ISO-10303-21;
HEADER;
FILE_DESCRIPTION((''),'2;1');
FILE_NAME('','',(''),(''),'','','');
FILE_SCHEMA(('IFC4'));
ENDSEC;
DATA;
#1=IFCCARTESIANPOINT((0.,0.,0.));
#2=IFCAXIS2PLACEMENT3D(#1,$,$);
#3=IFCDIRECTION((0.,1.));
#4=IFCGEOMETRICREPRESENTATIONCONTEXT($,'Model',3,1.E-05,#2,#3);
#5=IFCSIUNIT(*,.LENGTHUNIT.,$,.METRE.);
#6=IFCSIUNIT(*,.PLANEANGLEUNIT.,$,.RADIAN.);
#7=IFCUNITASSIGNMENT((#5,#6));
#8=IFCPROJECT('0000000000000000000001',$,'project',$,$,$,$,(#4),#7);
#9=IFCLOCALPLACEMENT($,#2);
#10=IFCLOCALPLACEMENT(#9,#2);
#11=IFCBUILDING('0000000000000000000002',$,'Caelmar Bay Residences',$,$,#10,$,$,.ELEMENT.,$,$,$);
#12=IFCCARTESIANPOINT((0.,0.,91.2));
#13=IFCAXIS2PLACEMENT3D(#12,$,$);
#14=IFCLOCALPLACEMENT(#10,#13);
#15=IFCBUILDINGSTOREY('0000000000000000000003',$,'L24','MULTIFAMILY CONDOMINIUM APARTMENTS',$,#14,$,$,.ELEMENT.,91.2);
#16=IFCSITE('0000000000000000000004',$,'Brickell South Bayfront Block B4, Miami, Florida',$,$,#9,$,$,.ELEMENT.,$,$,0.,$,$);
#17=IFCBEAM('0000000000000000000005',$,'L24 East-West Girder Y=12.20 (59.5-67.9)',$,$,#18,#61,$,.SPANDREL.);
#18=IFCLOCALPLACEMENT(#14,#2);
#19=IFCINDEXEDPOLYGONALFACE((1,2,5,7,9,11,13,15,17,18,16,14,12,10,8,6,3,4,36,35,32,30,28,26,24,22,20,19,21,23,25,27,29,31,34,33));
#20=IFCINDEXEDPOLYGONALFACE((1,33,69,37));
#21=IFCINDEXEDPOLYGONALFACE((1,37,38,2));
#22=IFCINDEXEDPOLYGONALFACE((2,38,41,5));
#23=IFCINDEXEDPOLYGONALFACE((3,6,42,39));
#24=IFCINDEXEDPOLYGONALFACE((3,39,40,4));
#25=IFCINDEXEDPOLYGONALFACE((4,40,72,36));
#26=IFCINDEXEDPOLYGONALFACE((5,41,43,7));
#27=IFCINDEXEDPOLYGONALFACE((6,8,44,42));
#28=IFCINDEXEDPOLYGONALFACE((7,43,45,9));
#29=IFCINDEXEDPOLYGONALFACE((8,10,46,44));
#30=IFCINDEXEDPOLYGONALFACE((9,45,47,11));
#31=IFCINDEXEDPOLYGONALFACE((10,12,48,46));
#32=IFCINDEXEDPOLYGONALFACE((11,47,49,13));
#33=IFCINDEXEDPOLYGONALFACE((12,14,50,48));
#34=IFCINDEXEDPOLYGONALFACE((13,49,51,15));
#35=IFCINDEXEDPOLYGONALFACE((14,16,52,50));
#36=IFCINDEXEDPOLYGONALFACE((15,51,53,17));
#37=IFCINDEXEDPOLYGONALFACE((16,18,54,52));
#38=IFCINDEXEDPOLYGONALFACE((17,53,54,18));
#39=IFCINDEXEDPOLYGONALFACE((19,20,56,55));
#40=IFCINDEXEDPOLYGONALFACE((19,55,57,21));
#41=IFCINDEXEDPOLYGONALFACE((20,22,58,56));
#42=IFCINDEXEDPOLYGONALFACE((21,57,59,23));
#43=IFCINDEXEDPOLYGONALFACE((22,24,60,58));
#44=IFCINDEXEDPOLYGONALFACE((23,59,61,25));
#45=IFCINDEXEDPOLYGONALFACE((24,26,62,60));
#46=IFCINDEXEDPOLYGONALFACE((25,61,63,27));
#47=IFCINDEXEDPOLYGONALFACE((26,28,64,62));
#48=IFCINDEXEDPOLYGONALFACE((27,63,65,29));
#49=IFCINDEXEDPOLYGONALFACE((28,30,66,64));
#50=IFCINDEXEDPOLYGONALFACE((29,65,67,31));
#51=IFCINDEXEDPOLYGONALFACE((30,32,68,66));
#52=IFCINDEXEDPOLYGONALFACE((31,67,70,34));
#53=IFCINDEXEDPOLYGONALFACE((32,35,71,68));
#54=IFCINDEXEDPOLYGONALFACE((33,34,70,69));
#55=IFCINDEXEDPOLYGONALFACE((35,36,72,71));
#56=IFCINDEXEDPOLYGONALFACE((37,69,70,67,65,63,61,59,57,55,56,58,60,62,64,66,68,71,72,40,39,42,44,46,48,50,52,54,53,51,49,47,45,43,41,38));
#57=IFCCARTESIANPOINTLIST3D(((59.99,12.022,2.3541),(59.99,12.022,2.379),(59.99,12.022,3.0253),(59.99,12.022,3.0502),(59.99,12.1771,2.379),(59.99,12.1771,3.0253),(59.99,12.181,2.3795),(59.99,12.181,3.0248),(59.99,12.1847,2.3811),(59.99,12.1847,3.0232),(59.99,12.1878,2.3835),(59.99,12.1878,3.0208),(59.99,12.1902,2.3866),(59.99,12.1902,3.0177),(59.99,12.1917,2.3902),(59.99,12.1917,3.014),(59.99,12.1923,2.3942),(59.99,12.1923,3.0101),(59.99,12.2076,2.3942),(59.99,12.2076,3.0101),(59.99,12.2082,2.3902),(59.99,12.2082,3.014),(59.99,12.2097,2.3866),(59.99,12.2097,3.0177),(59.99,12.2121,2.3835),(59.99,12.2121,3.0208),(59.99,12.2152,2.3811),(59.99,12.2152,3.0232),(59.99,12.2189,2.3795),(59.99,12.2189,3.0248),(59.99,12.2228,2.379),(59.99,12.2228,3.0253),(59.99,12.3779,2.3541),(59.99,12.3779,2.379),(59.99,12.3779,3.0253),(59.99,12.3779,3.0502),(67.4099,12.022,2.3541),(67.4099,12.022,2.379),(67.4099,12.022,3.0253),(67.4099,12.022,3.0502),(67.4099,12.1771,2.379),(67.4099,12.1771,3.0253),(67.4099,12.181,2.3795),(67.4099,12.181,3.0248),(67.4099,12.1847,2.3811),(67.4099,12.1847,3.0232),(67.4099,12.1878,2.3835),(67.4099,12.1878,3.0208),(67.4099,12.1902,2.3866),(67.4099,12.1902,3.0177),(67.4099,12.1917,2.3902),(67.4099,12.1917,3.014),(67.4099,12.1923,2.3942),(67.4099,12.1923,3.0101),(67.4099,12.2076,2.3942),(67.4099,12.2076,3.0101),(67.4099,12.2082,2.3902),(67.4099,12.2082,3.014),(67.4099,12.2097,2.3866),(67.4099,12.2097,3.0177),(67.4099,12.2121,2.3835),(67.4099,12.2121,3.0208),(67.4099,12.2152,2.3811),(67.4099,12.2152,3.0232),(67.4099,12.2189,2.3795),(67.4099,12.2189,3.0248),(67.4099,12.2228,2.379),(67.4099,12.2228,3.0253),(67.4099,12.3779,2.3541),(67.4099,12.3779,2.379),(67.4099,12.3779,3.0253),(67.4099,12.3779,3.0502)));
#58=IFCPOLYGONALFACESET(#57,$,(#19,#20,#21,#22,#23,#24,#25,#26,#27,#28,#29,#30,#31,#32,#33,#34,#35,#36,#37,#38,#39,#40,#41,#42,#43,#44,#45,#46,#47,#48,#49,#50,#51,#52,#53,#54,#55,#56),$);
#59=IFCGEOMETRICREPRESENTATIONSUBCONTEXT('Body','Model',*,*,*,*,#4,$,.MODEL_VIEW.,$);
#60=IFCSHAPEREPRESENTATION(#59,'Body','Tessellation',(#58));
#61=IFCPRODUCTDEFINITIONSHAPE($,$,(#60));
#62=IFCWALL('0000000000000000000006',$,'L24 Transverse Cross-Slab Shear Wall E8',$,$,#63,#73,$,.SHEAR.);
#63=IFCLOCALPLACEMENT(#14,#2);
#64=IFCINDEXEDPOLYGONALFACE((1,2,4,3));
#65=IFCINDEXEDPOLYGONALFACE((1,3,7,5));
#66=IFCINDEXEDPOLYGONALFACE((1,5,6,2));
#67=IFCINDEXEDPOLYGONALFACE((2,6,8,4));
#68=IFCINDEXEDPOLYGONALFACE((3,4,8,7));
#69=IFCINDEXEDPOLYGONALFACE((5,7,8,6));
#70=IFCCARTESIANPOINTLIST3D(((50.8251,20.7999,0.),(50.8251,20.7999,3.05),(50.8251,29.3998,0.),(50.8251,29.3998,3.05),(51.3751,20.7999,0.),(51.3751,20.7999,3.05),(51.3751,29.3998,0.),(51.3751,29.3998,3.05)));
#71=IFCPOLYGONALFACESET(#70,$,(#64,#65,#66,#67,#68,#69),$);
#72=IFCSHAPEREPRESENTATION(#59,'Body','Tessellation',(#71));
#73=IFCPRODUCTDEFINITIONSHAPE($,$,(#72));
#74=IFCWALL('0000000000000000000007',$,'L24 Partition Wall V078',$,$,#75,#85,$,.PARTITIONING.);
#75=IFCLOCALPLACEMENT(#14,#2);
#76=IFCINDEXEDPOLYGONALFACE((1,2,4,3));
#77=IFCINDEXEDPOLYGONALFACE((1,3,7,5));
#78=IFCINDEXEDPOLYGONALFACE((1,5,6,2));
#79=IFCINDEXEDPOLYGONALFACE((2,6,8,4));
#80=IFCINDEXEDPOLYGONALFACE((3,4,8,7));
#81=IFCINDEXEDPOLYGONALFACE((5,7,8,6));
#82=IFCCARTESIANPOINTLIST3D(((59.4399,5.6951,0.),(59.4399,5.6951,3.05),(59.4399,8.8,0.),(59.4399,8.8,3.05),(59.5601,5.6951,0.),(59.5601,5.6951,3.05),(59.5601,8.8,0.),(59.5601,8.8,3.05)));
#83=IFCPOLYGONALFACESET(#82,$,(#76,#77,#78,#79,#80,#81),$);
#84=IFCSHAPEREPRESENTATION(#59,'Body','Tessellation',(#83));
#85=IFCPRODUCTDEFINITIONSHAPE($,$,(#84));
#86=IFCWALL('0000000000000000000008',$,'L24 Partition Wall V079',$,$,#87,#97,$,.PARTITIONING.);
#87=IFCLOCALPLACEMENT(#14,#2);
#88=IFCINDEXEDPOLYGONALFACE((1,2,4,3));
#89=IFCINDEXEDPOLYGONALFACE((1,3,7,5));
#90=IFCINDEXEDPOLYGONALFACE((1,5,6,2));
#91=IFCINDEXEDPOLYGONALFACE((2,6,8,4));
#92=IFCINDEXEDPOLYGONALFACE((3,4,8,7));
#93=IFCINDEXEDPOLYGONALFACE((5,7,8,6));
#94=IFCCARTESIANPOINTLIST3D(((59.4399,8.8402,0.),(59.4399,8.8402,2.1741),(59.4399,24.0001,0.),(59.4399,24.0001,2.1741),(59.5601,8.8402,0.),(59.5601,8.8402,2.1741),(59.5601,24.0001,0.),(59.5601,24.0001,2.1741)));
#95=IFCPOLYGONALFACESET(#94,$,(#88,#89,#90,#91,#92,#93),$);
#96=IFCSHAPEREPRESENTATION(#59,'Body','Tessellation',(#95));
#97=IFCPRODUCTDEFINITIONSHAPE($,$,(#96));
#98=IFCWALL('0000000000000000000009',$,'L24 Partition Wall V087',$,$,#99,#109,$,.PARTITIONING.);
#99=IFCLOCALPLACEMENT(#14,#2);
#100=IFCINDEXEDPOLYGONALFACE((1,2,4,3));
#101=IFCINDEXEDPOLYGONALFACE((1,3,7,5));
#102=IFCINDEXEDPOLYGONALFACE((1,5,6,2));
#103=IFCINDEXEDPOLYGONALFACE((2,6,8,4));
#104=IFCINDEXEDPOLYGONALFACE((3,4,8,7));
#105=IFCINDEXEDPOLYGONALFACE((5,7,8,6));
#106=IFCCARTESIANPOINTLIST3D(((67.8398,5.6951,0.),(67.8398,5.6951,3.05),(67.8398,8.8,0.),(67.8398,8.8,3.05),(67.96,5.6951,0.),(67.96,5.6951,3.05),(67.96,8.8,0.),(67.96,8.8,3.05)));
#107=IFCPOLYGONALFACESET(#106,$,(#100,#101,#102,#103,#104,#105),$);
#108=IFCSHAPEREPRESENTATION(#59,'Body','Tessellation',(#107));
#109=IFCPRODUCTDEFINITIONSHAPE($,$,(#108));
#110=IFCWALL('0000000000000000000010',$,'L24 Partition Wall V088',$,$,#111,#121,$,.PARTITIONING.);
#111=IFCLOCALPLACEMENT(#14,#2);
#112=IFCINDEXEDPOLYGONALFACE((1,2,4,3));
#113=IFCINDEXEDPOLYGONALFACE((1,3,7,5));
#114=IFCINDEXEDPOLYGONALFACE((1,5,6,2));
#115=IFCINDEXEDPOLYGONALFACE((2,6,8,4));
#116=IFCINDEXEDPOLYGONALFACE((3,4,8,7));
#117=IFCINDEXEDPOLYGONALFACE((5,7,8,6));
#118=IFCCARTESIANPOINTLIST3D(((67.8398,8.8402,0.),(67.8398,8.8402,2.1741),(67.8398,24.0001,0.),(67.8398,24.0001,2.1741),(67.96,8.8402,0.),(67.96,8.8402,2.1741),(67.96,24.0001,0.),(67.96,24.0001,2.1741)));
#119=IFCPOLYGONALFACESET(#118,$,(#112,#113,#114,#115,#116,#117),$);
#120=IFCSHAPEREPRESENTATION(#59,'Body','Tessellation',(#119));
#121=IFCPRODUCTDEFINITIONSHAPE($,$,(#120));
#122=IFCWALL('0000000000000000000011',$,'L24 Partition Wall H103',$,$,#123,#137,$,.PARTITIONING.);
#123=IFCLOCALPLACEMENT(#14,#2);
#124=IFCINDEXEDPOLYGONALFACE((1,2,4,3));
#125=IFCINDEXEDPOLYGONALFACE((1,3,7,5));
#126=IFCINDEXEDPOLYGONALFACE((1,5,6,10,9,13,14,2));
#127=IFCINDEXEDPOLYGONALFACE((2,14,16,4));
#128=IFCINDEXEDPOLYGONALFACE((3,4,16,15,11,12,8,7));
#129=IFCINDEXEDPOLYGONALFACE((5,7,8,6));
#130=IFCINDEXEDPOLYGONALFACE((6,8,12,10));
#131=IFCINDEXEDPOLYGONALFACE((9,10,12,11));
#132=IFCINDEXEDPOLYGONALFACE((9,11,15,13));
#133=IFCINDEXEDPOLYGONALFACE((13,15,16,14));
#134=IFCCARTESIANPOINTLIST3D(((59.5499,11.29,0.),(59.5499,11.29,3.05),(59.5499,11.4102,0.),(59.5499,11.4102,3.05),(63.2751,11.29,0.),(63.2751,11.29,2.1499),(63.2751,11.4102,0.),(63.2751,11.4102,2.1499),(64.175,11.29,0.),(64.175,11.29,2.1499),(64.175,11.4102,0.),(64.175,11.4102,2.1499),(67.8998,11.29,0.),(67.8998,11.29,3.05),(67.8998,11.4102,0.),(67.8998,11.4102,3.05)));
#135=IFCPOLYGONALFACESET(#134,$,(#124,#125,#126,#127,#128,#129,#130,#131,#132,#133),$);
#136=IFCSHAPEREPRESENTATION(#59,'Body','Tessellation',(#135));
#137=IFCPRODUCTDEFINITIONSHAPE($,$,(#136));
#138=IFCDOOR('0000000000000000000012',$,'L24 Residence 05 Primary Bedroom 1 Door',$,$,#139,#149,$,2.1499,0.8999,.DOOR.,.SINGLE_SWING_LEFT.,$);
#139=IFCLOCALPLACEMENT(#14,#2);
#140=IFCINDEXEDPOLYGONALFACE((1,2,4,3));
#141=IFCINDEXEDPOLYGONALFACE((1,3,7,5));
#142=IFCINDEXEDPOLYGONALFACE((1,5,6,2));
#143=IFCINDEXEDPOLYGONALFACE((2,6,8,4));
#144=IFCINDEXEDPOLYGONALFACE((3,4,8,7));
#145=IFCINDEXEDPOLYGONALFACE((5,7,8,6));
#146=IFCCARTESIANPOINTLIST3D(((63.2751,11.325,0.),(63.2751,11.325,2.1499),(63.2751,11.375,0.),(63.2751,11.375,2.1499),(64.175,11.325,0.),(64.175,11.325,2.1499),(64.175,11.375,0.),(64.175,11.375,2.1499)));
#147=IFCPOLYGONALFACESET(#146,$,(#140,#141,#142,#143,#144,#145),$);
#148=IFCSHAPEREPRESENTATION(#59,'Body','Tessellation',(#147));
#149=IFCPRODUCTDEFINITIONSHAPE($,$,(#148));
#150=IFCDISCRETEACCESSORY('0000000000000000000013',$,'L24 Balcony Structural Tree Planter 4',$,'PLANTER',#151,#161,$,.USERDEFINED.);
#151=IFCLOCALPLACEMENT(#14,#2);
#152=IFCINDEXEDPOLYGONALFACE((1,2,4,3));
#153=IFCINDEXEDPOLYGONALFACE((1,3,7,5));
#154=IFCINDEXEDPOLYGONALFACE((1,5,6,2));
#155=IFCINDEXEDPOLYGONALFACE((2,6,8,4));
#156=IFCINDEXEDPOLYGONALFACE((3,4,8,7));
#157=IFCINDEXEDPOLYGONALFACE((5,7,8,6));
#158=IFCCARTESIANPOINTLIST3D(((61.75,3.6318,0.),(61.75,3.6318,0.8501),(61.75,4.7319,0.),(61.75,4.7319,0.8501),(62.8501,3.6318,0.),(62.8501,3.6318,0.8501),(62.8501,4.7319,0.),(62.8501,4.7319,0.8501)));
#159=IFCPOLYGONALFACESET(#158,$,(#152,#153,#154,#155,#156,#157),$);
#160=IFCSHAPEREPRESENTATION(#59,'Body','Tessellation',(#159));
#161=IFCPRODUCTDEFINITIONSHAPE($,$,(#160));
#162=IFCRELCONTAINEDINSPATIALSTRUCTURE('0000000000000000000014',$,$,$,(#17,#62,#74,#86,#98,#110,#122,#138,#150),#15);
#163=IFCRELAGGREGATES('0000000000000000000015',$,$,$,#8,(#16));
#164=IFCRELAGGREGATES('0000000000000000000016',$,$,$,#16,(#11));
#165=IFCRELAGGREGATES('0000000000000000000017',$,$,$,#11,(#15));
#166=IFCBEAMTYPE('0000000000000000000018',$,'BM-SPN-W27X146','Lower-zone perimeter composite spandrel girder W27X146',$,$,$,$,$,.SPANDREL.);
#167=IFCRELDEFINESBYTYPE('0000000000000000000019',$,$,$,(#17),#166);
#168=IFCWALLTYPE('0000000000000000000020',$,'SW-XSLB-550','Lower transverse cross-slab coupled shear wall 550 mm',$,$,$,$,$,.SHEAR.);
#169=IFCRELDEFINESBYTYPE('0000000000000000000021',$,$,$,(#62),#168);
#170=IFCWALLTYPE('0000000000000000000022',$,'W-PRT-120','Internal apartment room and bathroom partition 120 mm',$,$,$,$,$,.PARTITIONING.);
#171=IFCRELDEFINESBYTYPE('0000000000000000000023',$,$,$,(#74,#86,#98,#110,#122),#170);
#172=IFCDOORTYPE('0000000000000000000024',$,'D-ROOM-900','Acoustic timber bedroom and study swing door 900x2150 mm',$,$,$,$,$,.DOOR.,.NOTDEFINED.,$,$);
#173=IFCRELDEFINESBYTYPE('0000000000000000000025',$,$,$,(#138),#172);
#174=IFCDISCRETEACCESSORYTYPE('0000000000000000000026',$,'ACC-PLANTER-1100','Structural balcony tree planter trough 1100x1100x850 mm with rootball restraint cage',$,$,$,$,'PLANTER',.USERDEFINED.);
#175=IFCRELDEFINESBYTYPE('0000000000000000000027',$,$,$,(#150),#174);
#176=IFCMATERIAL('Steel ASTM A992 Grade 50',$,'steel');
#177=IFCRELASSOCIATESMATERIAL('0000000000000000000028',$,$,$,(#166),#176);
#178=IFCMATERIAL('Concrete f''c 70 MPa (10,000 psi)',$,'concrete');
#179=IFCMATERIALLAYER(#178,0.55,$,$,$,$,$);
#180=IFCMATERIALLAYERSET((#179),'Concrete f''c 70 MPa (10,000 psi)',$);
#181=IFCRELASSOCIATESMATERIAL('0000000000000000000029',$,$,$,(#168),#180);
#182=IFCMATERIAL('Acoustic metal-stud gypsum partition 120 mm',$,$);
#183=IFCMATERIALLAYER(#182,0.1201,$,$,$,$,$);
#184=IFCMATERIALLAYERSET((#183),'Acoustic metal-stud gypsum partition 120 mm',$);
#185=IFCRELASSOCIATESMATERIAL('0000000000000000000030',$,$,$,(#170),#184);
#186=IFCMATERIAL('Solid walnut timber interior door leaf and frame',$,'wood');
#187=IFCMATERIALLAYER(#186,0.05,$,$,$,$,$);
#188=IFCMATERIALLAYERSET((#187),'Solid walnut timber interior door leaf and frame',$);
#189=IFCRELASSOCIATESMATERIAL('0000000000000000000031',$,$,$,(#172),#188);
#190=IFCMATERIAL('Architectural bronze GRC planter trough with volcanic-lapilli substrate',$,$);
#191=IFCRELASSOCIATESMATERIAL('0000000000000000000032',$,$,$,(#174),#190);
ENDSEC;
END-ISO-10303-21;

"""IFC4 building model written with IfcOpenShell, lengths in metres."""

from ifc_helpers import new_model, si_unit, direction, frame, frame_2d, origin, origin_2d, place, context, subcontext, project, spatial, rectangle, i_section, extrude, material, layer, layer_set, material_profile, profile_set, type_object, element, fill, save


model = new_model("IFC4")

# Units and contexts
model_context = context("Model", 3, precision=1e-05, world=origin(), true_north=direction((0.0, 1.0)))
body_context = subcontext(model_context, "Body", "Model", "MODEL_VIEW")
ifc_project = project(units=[si_unit("LENGTHUNIT", "METRE"), si_unit("PLANEANGLEUNIT", "RADIAN")], contexts=[model_context])

# Site, building, storey
site_placement = place(None, origin())
site = spatial("IfcSite", under=ifc_project, at=site_placement, Name="Brickell South Bayfront Block B4, Miami, Florida", CompositionType="ELEMENT", RefElevation=0.0)
building_placement = place(site_placement, origin())
building = spatial("IfcBuilding", under=site, at=building_placement, Name="Caelmar Bay Residences", CompositionType="ELEMENT")
storey_placement = place(building_placement, frame((0.0, 0.0, 91.2)))
storey = spatial("IfcBuildingStorey", under=building, at=storey_placement, Name="L24", Description="MULTIFAMILY CONDOMINIUM APARTMENTS", CompositionType="ELEMENT", Elevation=91.2)

# Shared definitions
ifc_material_1 = material(Name="Concrete f'c 70 MPa (10,000 psi)", Category="concrete")

# Beam
ifc_material_2 = material(Name="Steel ASTM A992 Grade 50", Category="steel")
ifc_material_profile_1 = material_profile(ifc_material_2, i_section(OverallWidth=0.356, OverallDepth=0.696, WebThickness=0.0154, FlangeThickness=0.0249, FilletRadius=0.0151, at=origin_2d()), Name="W27X146")
ifc_profile_set_1 = profile_set([ifc_material_profile_1], Name="Steel ASTM A992 Grade 50")
beam_type_1 = type_object("IfcBeamType", Name="BM-SPN-W27X146", Description="Lower-zone perimeter composite spandrel girder W27X146", PredefinedType="SPANDREL", material=ifc_profile_set_1)
for number, where, z_axis, x_axis, name in (
    (1, (59.99, 12.2, 2.7021), (1.0, 0.0, 0.0), (0.0, 1.0, 0.0), "L24 East-West Girder Y=12.20 (59.5-67.9)"),
):
    element("IfcBeam", number, at=place(storey_placement, frame(where, z_axis=z_axis, x_axis=x_axis)), inside=storey, type_object=beam_type_1, Name=name, PredefinedType="SPANDREL", context=body_context, shape_type="SweptSolid", body=[
        extrude(i_section(OverallWidth=0.356, OverallDepth=0.696, WebThickness=0.0154, FlangeThickness=0.0249, FilletRadius=0.0151, at=origin_2d()), origin(), (0.0, 0.0, 1.0), 7.4199),
    ])

# Walls
ifc_layer_1 = layer(ifc_material_1, 0.55)
ifc_layer_set_1 = layer_set([ifc_layer_1], Name="Concrete f'c 70 MPa (10,000 psi)")
wall_type_1 = type_object("IfcWallType", Name="SW-XSLB-550", Description="Lower transverse cross-slab coupled shear wall 550 mm", PredefinedType="SHEAR", material=ifc_layer_set_1)
wall_1_placement = place(storey_placement, frame((51.1001, 20.8, 0.0), z_axis=(0.0, 0.0, 1.0), x_axis=(0.0, 1.0, 0.0)))
element("IfcWall", 2, at=wall_1_placement, inside=storey, type_object=wall_type_1, Name="L24 Transverse Cross-Slab Shear Wall E8", PredefinedType="SHEAR", context=body_context, shape_type="SweptSolid", body=[
    extrude(rectangle(XDim=8.5999, YDim=0.55, at=frame_2d((4.2998, 0.0))), origin(), (0.0, 0.0, 1.0), 3.05),
])
ifc_material_3 = material(Name="Acoustic metal-stud gypsum partition 120 mm")
ifc_layer_2 = layer(ifc_material_3, 0.1201)
ifc_layer_set_2 = layer_set([ifc_layer_2], Name="Acoustic metal-stud gypsum partition 120 mm")
wall_type_2 = type_object("IfcWallType", Name="W-PRT-120", Description="Internal apartment room and bathroom partition 120 mm", PredefinedType="PARTITIONING", material=ifc_layer_set_2)
wall_2_placement = place(storey_placement, frame((59.5, 5.6951, 0.0), z_axis=(0.0, 0.0, 1.0), x_axis=(0.0, 1.0, 0.0)))
element("IfcWall", 3, at=wall_2_placement, inside=storey, type_object=wall_type_2, Name="L24 Partition Wall V078", PredefinedType="PARTITIONING", context=body_context, shape_type="SweptSolid", body=[
    extrude(rectangle(XDim=3.105, YDim=0.1201, at=frame_2d((1.5525, 0.0))), origin(), (0.0, 0.0, 1.0), 3.05),
])
wall_3_placement = place(storey_placement, frame((59.5, 8.8401, 0.0), z_axis=(0.0, 0.0, 1.0), x_axis=(0.0, 1.0, 0.0)))
element("IfcWall", 4, at=wall_3_placement, inside=storey, type_object=wall_type_2, Name="L24 Partition Wall V079", PredefinedType="PARTITIONING", context=body_context, shape_type="SweptSolid", body=[
    extrude(rectangle(XDim=15.1599, YDim=0.1201, at=frame_2d((7.5801, 0.0))), origin(), (0.0, 0.0, 1.0), 2.1741),
])
wall_4_placement = place(storey_placement, frame((67.8999, 5.6951, 0.0), z_axis=(0.0, 0.0, 1.0), x_axis=(0.0, 1.0, 0.0)))
element("IfcWall", 5, at=wall_4_placement, inside=storey, type_object=wall_type_2, Name="L24 Partition Wall V087", PredefinedType="PARTITIONING", context=body_context, shape_type="SweptSolid", body=[
    extrude(rectangle(XDim=3.105, YDim=0.1201, at=frame_2d((1.5525, 0.0))), origin(), (0.0, 0.0, 1.0), 3.05),
])
wall_5_placement = place(storey_placement, frame((67.8999, 8.8401, 0.0), z_axis=(0.0, 0.0, 1.0), x_axis=(0.0, 1.0, 0.0)))
element("IfcWall", 6, at=wall_5_placement, inside=storey, type_object=wall_type_2, Name="L24 Partition Wall V088", PredefinedType="PARTITIONING", context=body_context, shape_type="SweptSolid", body=[
    extrude(rectangle(XDim=15.1599, YDim=0.1201, at=frame_2d((7.5801, 0.0))), origin(), (0.0, 0.0, 1.0), 2.1741),
])

# Wall, opening, door
wall_6_placement = place(storey_placement, frame((59.55, 11.3501, 0.0), z_axis=(0.0, 0.0, 1.0), x_axis=(1.0, 0.0, 0.0)))
wall_6 = element("IfcWall", 7, at=wall_6_placement, inside=storey, type_object=wall_type_2, Name="L24 Partition Wall H103", PredefinedType="PARTITIONING", context=body_context, shape_type="SweptSolid", body=[
    extrude(rectangle(XDim=8.3499, YDim=0.1201, at=frame_2d((4.1748, 0.0))), origin(), (0.0, 0.0, 1.0), 3.05),
])
opening_placement = place(wall_6_placement, frame((3.7251, 0.0, 0.0)))
opening = element("IfcOpeningElement", 8, at=opening_placement, cuts=wall_6, PredefinedType="OPENING", context=body_context, shape_type="SweptSolid", body=[
    extrude(rectangle(XDim=0.8999, YDim=2.1499, at=frame_2d((0.45, 1.075))), frame((0.0, 0.0701, 0.0), z_axis=(0.0, -1.0, 0.0), x_axis=(1.0, 0.0, 0.0)), (0.0, 0.0, 1.0), 0.1401),
])
ifc_material_4 = material(Name="Solid walnut timber interior door leaf and frame", Category="wood")
ifc_layer_3 = layer(ifc_material_4, 0.05)
ifc_layer_set_3 = layer_set([ifc_layer_3], Name="Solid walnut timber interior door leaf and frame")
door_type = type_object("IfcDoorType", Name="D-ROOM-900", Description="Acoustic timber bedroom and study swing door 900x2150 mm", OperationType="NOTDEFINED", PredefinedType="DOOR", material=ifc_layer_set_3)
door_placement = place(opening_placement, origin())
door = element("IfcDoor", 9, at=door_placement, inside=storey, type_object=door_type, Name="L24 Residence 05 Primary Bedroom 1 Door", OperationType="SINGLE_SWING_LEFT", OverallHeight=2.1499, OverallWidth=0.8999, PredefinedType="DOOR", context=body_context, shape_type="SweptSolid", body=[
    extrude(rectangle(XDim=0.8999, YDim=2.1499, at=frame_2d((0.45, 1.075))), frame((0.0, 0.0249, 0.0), z_axis=(0.0, -1.0, 0.0), x_axis=(1.0, 0.0, 0.0)), (0.0, 0.0, 1.0), 0.05),
])
fill(opening, door)

# Discrete accessory
ifc_material_5 = material(Name="Architectural bronze GRC planter trough with volcanic-lapilli substrate")
discrete_accessory_type = type_object("IfcDiscreteAccessoryType", Name="ACC-PLANTER-1100", Description="Structural balcony tree planter trough 1100x1100x850 mm with rootball restraint cage", ElementType="PLANTER", PredefinedType="USERDEFINED", material=ifc_material_5)
discrete_accessory_placement = place(storey_placement, frame((62.3, 4.1819, 0.0), z_axis=(0.0, 0.0, 1.0), x_axis=(1.0, 0.0, 0.0)))
element("IfcDiscreteAccessory", 10, at=discrete_accessory_placement, inside=storey, type_object=discrete_accessory_type, Name="L24 Balcony Structural Tree Planter 4", ObjectType="PLANTER", PredefinedType="USERDEFINED", context=body_context, shape_type="SweptSolid", body=[
    extrude(rectangle(XDim=1.1001, YDim=1.1001, at=origin_2d()), origin(), (0.0, 0.0, 1.0), 0.8501),
])

save(model, "model.ifc")
